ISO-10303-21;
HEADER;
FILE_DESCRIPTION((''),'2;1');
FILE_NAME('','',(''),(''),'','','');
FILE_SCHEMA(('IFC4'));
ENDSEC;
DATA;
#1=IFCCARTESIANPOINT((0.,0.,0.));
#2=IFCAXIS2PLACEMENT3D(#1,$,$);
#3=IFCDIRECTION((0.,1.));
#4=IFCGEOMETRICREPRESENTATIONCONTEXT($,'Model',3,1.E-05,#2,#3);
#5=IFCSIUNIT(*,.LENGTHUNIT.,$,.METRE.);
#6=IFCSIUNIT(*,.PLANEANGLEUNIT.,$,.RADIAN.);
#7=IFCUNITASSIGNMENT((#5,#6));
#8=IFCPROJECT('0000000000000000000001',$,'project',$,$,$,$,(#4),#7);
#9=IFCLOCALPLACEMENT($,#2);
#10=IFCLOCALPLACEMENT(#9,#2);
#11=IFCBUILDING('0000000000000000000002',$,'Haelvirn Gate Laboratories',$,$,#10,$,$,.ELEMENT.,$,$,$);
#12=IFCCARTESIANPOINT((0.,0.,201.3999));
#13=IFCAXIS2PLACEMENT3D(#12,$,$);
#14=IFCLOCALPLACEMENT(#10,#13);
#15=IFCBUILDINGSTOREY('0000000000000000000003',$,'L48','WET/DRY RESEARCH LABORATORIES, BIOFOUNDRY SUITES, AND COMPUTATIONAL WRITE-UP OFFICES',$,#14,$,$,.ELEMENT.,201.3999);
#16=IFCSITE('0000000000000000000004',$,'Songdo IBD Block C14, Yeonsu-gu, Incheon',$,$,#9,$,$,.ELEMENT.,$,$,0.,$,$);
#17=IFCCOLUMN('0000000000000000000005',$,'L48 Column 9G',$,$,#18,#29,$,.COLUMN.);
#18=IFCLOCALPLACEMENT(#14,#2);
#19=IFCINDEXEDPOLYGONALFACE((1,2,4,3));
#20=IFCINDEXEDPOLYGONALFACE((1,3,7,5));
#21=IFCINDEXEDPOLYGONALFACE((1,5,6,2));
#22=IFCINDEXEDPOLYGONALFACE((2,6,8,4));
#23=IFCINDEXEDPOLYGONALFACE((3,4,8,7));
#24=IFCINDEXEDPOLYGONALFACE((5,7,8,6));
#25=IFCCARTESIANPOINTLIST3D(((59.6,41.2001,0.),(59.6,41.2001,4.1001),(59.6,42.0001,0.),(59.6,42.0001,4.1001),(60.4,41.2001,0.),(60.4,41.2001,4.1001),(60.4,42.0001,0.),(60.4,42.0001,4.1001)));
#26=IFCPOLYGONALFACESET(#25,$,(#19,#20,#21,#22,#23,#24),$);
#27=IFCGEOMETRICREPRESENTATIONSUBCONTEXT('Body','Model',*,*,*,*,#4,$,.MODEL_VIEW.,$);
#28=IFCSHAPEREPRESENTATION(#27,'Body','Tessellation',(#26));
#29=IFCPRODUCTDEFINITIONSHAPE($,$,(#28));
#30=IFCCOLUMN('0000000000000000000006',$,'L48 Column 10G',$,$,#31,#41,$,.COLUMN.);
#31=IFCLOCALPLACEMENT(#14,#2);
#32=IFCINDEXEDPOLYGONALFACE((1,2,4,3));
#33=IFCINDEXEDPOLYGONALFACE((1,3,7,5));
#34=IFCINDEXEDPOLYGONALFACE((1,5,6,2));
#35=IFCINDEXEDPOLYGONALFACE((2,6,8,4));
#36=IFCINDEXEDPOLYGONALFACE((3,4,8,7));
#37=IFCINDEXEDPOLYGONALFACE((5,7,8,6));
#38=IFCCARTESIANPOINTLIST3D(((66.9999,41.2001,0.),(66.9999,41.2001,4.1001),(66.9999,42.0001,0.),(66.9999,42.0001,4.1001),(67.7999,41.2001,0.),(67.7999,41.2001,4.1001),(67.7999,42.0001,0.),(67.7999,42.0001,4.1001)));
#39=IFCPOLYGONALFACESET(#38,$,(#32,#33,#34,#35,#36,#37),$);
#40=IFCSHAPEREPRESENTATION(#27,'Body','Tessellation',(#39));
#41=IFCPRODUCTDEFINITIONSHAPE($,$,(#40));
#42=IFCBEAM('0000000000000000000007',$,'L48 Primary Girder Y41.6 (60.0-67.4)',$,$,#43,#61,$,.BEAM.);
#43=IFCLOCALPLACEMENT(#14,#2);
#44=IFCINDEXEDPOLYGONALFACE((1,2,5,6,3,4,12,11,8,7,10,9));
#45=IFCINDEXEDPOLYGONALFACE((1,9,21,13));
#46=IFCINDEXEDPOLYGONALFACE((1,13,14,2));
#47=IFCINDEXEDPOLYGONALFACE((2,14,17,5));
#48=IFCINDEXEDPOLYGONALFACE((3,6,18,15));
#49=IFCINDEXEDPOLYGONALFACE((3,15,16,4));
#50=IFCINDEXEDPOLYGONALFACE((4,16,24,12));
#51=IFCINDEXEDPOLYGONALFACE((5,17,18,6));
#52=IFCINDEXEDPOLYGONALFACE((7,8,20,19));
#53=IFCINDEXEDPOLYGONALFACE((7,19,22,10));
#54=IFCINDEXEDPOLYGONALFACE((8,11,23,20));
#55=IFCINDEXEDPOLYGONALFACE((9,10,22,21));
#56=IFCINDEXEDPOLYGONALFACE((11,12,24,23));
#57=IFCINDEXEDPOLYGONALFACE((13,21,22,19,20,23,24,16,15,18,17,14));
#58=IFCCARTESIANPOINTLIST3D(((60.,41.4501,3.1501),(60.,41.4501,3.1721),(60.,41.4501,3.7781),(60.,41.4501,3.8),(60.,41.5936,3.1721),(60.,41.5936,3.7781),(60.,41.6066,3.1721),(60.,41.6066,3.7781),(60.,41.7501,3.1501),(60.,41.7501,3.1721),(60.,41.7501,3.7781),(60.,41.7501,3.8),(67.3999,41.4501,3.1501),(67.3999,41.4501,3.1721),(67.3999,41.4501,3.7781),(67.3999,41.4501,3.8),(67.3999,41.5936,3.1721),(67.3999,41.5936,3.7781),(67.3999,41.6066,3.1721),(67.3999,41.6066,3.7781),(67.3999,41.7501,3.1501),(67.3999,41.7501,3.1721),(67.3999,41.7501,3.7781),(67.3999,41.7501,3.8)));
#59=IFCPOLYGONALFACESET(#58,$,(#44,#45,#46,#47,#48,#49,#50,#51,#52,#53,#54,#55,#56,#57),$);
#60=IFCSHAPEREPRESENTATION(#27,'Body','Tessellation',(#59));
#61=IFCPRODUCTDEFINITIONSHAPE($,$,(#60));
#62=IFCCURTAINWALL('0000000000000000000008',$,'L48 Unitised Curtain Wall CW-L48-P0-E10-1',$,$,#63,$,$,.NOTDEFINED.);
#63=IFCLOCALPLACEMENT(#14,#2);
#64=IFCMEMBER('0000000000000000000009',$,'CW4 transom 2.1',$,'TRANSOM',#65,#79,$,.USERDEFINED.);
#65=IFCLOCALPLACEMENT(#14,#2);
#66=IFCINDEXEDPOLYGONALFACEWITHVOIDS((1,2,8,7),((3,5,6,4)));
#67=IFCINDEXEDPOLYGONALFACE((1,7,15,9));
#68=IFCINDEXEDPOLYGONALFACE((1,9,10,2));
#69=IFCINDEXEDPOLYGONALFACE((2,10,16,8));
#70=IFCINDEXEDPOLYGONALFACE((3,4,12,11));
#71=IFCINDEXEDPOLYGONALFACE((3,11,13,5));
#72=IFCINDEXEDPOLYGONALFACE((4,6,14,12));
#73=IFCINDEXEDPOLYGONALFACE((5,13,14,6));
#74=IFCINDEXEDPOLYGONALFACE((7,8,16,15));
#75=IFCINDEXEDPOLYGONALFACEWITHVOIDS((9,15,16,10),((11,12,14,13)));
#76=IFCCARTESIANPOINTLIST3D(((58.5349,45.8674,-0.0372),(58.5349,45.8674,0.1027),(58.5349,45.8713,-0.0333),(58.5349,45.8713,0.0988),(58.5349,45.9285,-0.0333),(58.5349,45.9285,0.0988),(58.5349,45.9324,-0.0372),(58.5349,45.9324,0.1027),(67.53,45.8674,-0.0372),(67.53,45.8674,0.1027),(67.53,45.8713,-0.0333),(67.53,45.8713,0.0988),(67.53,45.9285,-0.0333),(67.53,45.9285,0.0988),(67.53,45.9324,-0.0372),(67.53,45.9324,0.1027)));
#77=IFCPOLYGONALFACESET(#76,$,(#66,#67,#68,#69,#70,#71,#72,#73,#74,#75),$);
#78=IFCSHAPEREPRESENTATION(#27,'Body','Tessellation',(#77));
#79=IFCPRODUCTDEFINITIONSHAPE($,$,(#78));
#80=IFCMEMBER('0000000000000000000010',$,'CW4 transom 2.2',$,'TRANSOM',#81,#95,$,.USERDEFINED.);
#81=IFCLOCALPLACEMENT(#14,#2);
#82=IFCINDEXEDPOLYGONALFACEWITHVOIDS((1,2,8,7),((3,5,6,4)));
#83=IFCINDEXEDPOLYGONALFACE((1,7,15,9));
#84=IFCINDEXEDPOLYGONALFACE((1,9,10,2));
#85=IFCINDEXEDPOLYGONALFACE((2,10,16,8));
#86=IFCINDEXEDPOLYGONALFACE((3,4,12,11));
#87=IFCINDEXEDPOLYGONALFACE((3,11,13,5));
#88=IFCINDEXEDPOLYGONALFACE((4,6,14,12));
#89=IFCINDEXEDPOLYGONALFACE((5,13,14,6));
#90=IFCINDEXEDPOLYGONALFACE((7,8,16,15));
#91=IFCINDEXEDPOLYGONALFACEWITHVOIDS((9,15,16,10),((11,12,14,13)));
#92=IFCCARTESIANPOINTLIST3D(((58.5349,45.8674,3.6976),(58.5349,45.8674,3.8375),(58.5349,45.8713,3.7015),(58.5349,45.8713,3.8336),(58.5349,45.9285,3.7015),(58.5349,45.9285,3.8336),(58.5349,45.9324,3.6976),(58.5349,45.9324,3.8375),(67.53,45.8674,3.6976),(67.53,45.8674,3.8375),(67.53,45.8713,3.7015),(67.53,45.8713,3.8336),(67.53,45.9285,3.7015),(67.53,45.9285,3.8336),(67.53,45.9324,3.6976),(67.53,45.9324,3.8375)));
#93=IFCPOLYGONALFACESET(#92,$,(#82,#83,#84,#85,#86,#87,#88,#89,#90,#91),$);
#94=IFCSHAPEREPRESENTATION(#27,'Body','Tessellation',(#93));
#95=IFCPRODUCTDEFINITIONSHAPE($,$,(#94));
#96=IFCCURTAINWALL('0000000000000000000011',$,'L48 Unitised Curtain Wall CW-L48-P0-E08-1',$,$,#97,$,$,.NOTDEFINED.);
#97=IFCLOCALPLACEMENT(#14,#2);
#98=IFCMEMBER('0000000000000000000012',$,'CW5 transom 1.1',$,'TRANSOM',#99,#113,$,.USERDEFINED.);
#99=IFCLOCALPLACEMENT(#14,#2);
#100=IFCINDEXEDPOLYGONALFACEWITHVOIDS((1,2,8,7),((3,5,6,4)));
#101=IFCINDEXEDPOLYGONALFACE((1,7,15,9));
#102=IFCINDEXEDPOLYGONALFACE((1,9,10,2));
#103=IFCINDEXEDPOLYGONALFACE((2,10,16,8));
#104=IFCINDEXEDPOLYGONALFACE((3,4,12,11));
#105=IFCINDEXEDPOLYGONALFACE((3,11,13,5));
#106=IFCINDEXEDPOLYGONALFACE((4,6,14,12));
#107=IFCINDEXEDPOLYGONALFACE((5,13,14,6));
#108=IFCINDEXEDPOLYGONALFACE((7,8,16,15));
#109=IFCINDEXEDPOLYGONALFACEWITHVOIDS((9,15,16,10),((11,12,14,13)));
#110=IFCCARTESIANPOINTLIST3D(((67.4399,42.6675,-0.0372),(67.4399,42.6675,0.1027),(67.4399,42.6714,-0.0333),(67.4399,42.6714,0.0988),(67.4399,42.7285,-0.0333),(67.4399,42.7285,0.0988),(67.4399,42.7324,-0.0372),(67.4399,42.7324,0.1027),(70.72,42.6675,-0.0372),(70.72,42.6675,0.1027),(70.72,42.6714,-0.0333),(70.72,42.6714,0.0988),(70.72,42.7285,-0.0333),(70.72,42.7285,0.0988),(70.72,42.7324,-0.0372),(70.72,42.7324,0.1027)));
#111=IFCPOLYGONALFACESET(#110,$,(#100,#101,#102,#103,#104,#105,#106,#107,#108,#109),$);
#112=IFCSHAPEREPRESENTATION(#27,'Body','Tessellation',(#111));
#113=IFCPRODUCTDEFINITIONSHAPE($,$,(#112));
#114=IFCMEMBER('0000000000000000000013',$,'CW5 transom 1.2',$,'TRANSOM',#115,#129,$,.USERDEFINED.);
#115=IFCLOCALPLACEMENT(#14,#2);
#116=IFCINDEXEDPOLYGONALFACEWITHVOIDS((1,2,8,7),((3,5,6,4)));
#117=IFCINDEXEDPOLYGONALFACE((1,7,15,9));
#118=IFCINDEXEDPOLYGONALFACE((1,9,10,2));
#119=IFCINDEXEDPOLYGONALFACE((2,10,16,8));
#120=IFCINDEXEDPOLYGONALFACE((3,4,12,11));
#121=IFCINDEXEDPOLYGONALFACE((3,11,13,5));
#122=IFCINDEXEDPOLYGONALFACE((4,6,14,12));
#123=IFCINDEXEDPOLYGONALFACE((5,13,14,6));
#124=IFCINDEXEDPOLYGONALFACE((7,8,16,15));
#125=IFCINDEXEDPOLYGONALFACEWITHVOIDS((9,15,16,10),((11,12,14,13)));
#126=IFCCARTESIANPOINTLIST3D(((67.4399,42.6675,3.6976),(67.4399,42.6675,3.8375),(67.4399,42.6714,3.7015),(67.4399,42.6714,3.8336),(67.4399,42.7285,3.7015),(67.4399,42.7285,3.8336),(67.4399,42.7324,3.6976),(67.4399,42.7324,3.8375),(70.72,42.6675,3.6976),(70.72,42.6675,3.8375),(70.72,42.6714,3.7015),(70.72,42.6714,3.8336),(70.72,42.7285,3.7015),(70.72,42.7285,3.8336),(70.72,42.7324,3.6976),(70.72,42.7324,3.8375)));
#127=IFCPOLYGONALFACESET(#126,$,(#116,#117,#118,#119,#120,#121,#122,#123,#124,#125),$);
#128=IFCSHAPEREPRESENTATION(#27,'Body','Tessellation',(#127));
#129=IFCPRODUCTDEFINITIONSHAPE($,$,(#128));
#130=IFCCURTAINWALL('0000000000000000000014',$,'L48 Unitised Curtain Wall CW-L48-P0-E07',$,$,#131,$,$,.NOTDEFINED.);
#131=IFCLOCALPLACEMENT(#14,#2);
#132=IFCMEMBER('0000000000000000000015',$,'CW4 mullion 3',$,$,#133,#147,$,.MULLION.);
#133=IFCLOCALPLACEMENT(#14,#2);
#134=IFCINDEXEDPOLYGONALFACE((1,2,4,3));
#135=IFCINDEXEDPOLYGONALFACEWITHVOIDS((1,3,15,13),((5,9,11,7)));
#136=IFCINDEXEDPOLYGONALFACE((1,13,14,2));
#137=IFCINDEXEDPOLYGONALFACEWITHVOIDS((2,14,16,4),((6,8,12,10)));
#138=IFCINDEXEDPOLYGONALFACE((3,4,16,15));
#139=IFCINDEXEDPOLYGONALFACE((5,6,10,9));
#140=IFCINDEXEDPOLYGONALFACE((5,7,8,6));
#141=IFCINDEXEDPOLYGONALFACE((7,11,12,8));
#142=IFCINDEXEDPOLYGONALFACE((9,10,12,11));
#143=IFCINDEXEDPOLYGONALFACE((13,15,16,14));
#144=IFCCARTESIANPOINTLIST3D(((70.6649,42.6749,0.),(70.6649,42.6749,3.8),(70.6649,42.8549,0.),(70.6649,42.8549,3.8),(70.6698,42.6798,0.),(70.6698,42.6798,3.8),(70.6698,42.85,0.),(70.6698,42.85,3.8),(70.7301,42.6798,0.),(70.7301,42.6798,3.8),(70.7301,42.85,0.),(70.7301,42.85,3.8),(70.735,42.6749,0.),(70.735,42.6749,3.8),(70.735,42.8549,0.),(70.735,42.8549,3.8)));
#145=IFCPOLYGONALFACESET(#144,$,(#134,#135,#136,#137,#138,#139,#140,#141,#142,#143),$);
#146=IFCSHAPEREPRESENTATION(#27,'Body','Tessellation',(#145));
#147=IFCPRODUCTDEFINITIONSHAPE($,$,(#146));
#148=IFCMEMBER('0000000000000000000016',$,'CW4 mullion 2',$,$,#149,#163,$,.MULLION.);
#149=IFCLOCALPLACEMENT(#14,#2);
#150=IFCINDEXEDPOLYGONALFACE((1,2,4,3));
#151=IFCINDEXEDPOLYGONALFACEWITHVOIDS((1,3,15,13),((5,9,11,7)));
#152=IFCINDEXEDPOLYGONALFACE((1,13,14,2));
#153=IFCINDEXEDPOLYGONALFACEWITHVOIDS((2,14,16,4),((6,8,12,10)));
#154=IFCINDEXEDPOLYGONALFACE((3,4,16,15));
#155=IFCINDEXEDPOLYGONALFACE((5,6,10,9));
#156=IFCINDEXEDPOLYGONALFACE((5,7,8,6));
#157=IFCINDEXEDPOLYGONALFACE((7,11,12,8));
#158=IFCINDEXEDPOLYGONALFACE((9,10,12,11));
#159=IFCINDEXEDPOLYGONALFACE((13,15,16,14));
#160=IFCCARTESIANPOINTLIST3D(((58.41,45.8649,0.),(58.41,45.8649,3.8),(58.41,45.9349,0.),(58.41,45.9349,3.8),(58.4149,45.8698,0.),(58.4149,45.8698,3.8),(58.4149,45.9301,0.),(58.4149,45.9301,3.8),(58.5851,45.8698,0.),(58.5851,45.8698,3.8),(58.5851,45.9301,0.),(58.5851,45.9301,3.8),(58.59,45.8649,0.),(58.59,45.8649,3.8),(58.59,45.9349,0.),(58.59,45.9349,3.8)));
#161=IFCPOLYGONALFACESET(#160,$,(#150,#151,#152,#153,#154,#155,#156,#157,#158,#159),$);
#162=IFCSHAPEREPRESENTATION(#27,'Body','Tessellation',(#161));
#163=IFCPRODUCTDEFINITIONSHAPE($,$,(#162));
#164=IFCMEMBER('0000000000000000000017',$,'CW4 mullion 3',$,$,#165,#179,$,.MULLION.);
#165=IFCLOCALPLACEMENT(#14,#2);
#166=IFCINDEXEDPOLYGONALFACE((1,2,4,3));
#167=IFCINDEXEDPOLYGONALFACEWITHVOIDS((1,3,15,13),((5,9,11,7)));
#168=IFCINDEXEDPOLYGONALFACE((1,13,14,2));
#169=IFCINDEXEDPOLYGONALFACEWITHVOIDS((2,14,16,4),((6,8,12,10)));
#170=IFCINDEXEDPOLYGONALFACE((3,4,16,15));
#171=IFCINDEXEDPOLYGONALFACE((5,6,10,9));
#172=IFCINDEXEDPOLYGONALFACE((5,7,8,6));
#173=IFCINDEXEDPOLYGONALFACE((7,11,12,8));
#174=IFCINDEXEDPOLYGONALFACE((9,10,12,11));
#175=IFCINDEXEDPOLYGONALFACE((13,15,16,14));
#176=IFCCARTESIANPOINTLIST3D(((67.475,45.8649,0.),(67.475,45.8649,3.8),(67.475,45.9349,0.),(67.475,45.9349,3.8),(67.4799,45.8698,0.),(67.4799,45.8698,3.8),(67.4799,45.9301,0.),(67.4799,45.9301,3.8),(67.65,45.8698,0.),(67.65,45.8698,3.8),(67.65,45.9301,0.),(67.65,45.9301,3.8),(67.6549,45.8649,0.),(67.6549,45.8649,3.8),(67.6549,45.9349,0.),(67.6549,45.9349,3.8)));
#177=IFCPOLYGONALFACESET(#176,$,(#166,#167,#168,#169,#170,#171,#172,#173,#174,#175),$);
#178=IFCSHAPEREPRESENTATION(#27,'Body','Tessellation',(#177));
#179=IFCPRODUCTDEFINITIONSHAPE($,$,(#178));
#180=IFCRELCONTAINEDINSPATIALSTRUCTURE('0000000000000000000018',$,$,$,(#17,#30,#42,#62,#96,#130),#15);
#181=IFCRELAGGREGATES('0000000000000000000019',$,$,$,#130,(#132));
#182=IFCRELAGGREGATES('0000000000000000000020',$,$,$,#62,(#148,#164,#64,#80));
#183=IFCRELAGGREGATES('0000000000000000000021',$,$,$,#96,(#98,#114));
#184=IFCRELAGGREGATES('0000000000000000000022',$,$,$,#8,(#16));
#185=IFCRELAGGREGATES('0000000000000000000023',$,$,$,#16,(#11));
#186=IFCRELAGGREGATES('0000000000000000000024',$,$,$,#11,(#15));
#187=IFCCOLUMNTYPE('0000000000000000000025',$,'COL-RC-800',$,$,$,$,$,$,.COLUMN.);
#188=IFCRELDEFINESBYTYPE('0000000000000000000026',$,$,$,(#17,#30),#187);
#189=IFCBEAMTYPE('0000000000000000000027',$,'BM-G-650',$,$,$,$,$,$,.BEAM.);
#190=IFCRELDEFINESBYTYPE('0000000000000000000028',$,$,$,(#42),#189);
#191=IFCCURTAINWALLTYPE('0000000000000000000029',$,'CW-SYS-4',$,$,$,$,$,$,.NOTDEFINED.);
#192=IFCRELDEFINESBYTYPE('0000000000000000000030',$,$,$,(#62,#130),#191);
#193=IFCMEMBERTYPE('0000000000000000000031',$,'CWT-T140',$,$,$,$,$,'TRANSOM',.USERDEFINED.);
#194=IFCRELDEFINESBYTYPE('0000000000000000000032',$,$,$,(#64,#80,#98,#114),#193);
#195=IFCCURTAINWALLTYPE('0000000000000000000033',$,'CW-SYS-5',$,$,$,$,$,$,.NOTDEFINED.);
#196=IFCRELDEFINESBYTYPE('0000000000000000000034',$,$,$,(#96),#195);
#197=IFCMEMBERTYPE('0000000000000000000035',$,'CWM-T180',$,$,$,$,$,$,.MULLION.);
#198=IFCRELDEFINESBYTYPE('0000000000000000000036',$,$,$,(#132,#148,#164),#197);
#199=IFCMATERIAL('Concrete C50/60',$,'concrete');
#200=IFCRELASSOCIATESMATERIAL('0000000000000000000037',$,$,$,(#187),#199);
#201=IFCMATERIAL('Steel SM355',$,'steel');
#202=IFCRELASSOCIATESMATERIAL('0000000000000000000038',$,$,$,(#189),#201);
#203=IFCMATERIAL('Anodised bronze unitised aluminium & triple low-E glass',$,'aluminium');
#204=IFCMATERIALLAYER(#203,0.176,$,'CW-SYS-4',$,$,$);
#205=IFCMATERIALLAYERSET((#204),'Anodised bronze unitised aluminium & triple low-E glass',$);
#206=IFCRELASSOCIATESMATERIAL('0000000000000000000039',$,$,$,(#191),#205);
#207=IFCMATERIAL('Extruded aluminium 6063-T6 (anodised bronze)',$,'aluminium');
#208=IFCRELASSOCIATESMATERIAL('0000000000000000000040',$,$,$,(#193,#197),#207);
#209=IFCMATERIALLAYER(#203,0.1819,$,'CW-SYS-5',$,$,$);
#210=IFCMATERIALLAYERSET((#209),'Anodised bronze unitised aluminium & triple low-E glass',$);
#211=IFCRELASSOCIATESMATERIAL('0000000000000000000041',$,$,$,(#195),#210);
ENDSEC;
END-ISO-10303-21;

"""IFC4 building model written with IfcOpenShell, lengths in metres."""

from ifc_helpers import new_model, si_unit, direction, frame, origin, origin_2d, place, context, subcontext, project, spatial, rectangle, hollow_rectangle, i_section, extrude, source, transform, mapped, material, layer, layer_set, material_profile, profile_set, type_object, type_shapes, element, aggregate, save


model = new_model("IFC4")

# Units and contexts
model_context = context("Model", 3, precision=1e-05, world=origin(), true_north=direction((0.0, 1.0)))
body_context = subcontext(model_context, "Body", "Model", "MODEL_VIEW")
ifc_project = project(units=[si_unit("LENGTHUNIT", "METRE"), si_unit("PLANEANGLEUNIT", "RADIAN")], contexts=[model_context])

# Site, building, storey
site_placement = place(None, origin())
site = spatial("IfcSite", under=ifc_project, at=site_placement, Name="Songdo IBD Block C14, Yeonsu-gu, Incheon", CompositionType="ELEMENT", RefElevation=0.0)
building_placement = place(site_placement, origin())
building = spatial("IfcBuilding", under=site, at=building_placement, Name="Haelvirn Gate Laboratories", CompositionType="ELEMENT")
storey_placement = place(building_placement, frame((0.0, 0.0, 201.3999)))
storey = spatial("IfcBuildingStorey", under=building, at=storey_placement, Name="L48", Description="WET/DRY RESEARCH LABORATORIES, BIOFOUNDRY SUITES, AND COMPUTATIONAL WRITE-UP OFFICES", CompositionType="ELEMENT", Elevation=201.3999)

# Columns
ifc_material_1 = material(Name="Concrete C50/60", Category="concrete")
ifc_material_profile_1 = material_profile(ifc_material_1, rectangle(XDim=0.8, YDim=0.8, at=origin_2d()), Name="RC-800x800")
ifc_profile_set_1 = profile_set([ifc_material_profile_1], Name="Concrete C50/60")
column_type = type_object("IfcColumnType", Name="COL-RC-800", PredefinedType="COLUMN", material=ifc_profile_set_1)
shared_shape_1 = source(origin(), body_context, "Body", "SweptSolid", [
    extrude(rectangle(XDim=0.8, YDim=0.8, at=origin_2d()), origin(), (0.0, 0.0, 1.0), 4.1001),
])
type_shapes(column_type, [shared_shape_1])
for number, where, z_axis, x_axis, name in (
    (1, (60.0, 41.6001, 0.0), (0.0, 0.0, 1.0), (1.0, 0.0, 0.0), "L48 Column 9G"),
    (2, (67.3999, 41.6001, 0.0), (0.0, 0.0, 1.0), (1.0, 0.0, 0.0), "L48 Column 10G"),
):
    element("IfcColumn", number, at=place(storey_placement, frame(where, z_axis=z_axis, x_axis=x_axis)), inside=storey, type_object=column_type, Name=name, PredefinedType="COLUMN", context=body_context, shape_type="MappedRepresentation", body=[
        mapped(shared_shape_1, transform((0.0, 0.0, 0.0), scale=1.0)),
    ])

# Beam
ifc_material_2 = material(Name="Steel SM355", Category="steel")
ifc_material_profile_2 = material_profile(ifc_material_2, i_section(OverallWidth=0.3, OverallDepth=0.6499, WebThickness=0.0129, FlangeThickness=0.022, at=origin_2d()), Name="H-650x300x13x22")
ifc_profile_set_2 = profile_set([ifc_material_profile_2], Name="Steel SM355")
beam_type = type_object("IfcBeamType", Name="BM-G-650", PredefinedType="BEAM", material=ifc_profile_set_2)
shared_shape_2 = source(origin(), body_context, "Body", "SweptSolid", [
    extrude(i_section(OverallWidth=0.3, OverallDepth=0.6499, WebThickness=0.0129, FlangeThickness=0.022, at=origin_2d()), origin(), (0.0, 0.0, 1.0), 7.3999),
])
type_shapes(beam_type, [shared_shape_2])
beam_placement = place(storey_placement, frame((60.0, 41.6001, 3.4751), z_axis=(1.0, 0.0, 0.0), x_axis=(0.0, 1.0, 0.0)))
element("IfcBeam", 3, at=beam_placement, inside=storey, type_object=beam_type, Name="L48 Primary Girder Y41.6 (60.0-67.4)", PredefinedType="BEAM", context=body_context, shape_type="MappedRepresentation", body=[
    mapped(shared_shape_2, transform((0.0, 0.0, 0.0), scale=1.0)),
])

# Curtain walls, members
ifc_material_3 = material(Name="Anodised bronze unitised aluminium & triple low-E glass", Category="aluminium")
ifc_layer_1 = layer(ifc_material_3, 0.176, Name="CW-SYS-4")
ifc_layer_set_1 = layer_set([ifc_layer_1], Name="Anodised bronze unitised aluminium & triple low-E glass")
curtain_wall_type_1 = type_object("IfcCurtainWallType", Name="CW-SYS-4", PredefinedType="NOTDEFINED", material=ifc_layer_set_1)
curtain_wall_1_placement = place(storey_placement, origin())
curtain_wall_1 = element("IfcCurtainWall", 4, at=curtain_wall_1_placement, inside=storey, type_object=curtain_wall_type_1, Name="L48 Unitised Curtain Wall CW-L48-P0-E10-1", PredefinedType="NOTDEFINED")
ifc_material_4 = material(Name="Extruded aluminium 6063-T6 (anodised bronze)", Category="aluminium")
ifc_material_profile_3 = material_profile(ifc_material_4, hollow_rectangle(XDim=0.0649, YDim=0.1399, WallThickness=0.0039, at=origin_2d()), Name="CWT-140x65x4")
ifc_profile_set_3 = profile_set([ifc_material_profile_3], Name="Extruded aluminium 6063-T6 (anodised bronze)")
member_type_1 = type_object("IfcMemberType", Name="CWT-T140", ElementType="TRANSOM", PredefinedType="USERDEFINED", material=ifc_profile_set_3)
shared_shape_3 = source(origin(), body_context, "Body", "SweptSolid", [
    extrude(hollow_rectangle(XDim=0.0649, YDim=0.1399, WallThickness=0.0039, at=origin_2d()), origin(), (0.0, 0.0, 1.0), 8.9951),
])
member_1_placement = place(storey_placement, frame((58.5349, 45.8999, 0.0327), z_axis=(1.0, 0.0, 0.0), x_axis=(0.0, 1.0, 0.0)))
member_1 = element("IfcMember", 5, at=member_1_placement, type_object=member_type_1, Name="CW4 transom 2.1", ObjectType="TRANSOM", PredefinedType="USERDEFINED", context=body_context, shape_type="MappedRepresentation", body=[
    mapped(shared_shape_3, transform((0.0, 0.0, 0.0), scale=1.0)),
])
member_2_placement = place(storey_placement, frame((58.5349, 45.8999, 3.7676), z_axis=(1.0, 0.0, 0.0), x_axis=(0.0, 1.0, 0.0)))
member_2 = element("IfcMember", 6, at=member_2_placement, type_object=member_type_1, Name="CW4 transom 2.2", ObjectType="TRANSOM", PredefinedType="USERDEFINED", context=body_context, shape_type="MappedRepresentation", body=[
    mapped(shared_shape_3, transform((0.0, 0.0, 0.0), scale=1.0)),
])
ifc_layer_2 = layer(ifc_material_3, 0.1819, Name="CW-SYS-5")
ifc_layer_set_2 = layer_set([ifc_layer_2], Name="Anodised bronze unitised aluminium & triple low-E glass")
curtain_wall_type_2 = type_object("IfcCurtainWallType", Name="CW-SYS-5", PredefinedType="NOTDEFINED", material=ifc_layer_set_2)
curtain_wall_2_placement = place(storey_placement, origin())
curtain_wall_2 = element("IfcCurtainWall", 7, at=curtain_wall_2_placement, inside=storey, type_object=curtain_wall_type_2, Name="L48 Unitised Curtain Wall CW-L48-P0-E08-1", PredefinedType="NOTDEFINED")
shared_shape_4 = source(origin(), body_context, "Body", "SweptSolid", [
    extrude(hollow_rectangle(XDim=0.0649, YDim=0.1399, WallThickness=0.0039, at=origin_2d()), origin(), (0.0, 0.0, 1.0), 3.28),
])
type_shapes(member_type_1, [shared_shape_3, shared_shape_4])
member_3_placement = place(storey_placement, frame((67.4399, 42.7, 0.0327), z_axis=(1.0, 0.0, 0.0), x_axis=(0.0, 1.0, 0.0)))
member_3 = element("IfcMember", 8, at=member_3_placement, type_object=member_type_1, Name="CW5 transom 1.1", ObjectType="TRANSOM", PredefinedType="USERDEFINED", context=body_context, shape_type="MappedRepresentation", body=[
    mapped(shared_shape_4, transform((0.0, 0.0, 0.0), scale=1.0)),
])
member_4_placement = place(storey_placement, frame((67.4399, 42.7, 3.7676), z_axis=(1.0, 0.0, 0.0), x_axis=(0.0, 1.0, 0.0)))
member_4 = element("IfcMember", 9, at=member_4_placement, type_object=member_type_1, Name="CW5 transom 1.2", ObjectType="TRANSOM", PredefinedType="USERDEFINED", context=body_context, shape_type="MappedRepresentation", body=[
    mapped(shared_shape_4, transform((0.0, 0.0, 0.0), scale=1.0)),
])

# Curtain wall, member
curtain_wall_3_placement = place(storey_placement, origin())
curtain_wall_3 = element("IfcCurtainWall", 10, at=curtain_wall_3_placement, inside=storey, type_object=curtain_wall_type_1, Name="L48 Unitised Curtain Wall CW-L48-P0-E07", PredefinedType="NOTDEFINED")
ifc_material_profile_4 = material_profile(ifc_material_4, hollow_rectangle(XDim=0.0701, YDim=0.1799, WallThickness=0.0049, at=origin_2d()), Name="CWM-180x70x5")
ifc_profile_set_4 = profile_set([ifc_material_profile_4], Name="Extruded aluminium 6063-T6 (anodised bronze)")
member_type_2 = type_object("IfcMemberType", Name="CWM-T180", PredefinedType="MULLION", material=ifc_profile_set_4)
shared_shape_5 = source(origin(), body_context, "Body", "SweptSolid", [
    extrude(hollow_rectangle(XDim=0.0701, YDim=0.1799, WallThickness=0.0049, at=origin_2d()), origin(), (0.0, 0.0, 1.0), 3.8),
])
type_shapes(member_type_2, [shared_shape_5])
member_5_placement = place(storey_placement, frame((70.7, 42.7649, 0.0), z_axis=(0.0, 0.0, 1.0), x_axis=(-1.0, 0.0, 0.0)))
member_5 = element("IfcMember", 11, at=member_5_placement, type_object=member_type_2, Name="CW4 mullion 3", PredefinedType="MULLION", context=body_context, shape_type="MappedRepresentation", body=[
    mapped(shared_shape_5, transform((0.0, 0.0, 0.0), scale=1.0)),
])
aggregate(curtain_wall_3, [member_5])

# Members
member_6_placement = place(storey_placement, frame((58.5, 45.8999, 0.0), z_axis=(0.0, 0.0, 1.0), x_axis=(0.0, 1.0, 0.0)))
member_6 = element("IfcMember", 12, at=member_6_placement, type_object=member_type_2, Name="CW4 mullion 2", PredefinedType="MULLION", context=body_context, shape_type="MappedRepresentation", body=[
    mapped(shared_shape_5, transform((0.0, 0.0, 0.0), scale=1.0)),
])
member_7_placement = place(storey_placement, frame((67.5649, 45.8999, 0.0), z_axis=(0.0, 0.0, 1.0), x_axis=(0.0, 1.0, 0.0)))
member_7 = element("IfcMember", 13, at=member_7_placement, type_object=member_type_2, Name="CW4 mullion 3", PredefinedType="MULLION", context=body_context, shape_type="MappedRepresentation", body=[
    mapped(shared_shape_5, transform((0.0, 0.0, 0.0), scale=1.0)),
])

aggregate(curtain_wall_1, [member_6, member_7, member_1, member_2])
aggregate(curtain_wall_2, [member_3, member_4])

save(model, "model.ifc")
